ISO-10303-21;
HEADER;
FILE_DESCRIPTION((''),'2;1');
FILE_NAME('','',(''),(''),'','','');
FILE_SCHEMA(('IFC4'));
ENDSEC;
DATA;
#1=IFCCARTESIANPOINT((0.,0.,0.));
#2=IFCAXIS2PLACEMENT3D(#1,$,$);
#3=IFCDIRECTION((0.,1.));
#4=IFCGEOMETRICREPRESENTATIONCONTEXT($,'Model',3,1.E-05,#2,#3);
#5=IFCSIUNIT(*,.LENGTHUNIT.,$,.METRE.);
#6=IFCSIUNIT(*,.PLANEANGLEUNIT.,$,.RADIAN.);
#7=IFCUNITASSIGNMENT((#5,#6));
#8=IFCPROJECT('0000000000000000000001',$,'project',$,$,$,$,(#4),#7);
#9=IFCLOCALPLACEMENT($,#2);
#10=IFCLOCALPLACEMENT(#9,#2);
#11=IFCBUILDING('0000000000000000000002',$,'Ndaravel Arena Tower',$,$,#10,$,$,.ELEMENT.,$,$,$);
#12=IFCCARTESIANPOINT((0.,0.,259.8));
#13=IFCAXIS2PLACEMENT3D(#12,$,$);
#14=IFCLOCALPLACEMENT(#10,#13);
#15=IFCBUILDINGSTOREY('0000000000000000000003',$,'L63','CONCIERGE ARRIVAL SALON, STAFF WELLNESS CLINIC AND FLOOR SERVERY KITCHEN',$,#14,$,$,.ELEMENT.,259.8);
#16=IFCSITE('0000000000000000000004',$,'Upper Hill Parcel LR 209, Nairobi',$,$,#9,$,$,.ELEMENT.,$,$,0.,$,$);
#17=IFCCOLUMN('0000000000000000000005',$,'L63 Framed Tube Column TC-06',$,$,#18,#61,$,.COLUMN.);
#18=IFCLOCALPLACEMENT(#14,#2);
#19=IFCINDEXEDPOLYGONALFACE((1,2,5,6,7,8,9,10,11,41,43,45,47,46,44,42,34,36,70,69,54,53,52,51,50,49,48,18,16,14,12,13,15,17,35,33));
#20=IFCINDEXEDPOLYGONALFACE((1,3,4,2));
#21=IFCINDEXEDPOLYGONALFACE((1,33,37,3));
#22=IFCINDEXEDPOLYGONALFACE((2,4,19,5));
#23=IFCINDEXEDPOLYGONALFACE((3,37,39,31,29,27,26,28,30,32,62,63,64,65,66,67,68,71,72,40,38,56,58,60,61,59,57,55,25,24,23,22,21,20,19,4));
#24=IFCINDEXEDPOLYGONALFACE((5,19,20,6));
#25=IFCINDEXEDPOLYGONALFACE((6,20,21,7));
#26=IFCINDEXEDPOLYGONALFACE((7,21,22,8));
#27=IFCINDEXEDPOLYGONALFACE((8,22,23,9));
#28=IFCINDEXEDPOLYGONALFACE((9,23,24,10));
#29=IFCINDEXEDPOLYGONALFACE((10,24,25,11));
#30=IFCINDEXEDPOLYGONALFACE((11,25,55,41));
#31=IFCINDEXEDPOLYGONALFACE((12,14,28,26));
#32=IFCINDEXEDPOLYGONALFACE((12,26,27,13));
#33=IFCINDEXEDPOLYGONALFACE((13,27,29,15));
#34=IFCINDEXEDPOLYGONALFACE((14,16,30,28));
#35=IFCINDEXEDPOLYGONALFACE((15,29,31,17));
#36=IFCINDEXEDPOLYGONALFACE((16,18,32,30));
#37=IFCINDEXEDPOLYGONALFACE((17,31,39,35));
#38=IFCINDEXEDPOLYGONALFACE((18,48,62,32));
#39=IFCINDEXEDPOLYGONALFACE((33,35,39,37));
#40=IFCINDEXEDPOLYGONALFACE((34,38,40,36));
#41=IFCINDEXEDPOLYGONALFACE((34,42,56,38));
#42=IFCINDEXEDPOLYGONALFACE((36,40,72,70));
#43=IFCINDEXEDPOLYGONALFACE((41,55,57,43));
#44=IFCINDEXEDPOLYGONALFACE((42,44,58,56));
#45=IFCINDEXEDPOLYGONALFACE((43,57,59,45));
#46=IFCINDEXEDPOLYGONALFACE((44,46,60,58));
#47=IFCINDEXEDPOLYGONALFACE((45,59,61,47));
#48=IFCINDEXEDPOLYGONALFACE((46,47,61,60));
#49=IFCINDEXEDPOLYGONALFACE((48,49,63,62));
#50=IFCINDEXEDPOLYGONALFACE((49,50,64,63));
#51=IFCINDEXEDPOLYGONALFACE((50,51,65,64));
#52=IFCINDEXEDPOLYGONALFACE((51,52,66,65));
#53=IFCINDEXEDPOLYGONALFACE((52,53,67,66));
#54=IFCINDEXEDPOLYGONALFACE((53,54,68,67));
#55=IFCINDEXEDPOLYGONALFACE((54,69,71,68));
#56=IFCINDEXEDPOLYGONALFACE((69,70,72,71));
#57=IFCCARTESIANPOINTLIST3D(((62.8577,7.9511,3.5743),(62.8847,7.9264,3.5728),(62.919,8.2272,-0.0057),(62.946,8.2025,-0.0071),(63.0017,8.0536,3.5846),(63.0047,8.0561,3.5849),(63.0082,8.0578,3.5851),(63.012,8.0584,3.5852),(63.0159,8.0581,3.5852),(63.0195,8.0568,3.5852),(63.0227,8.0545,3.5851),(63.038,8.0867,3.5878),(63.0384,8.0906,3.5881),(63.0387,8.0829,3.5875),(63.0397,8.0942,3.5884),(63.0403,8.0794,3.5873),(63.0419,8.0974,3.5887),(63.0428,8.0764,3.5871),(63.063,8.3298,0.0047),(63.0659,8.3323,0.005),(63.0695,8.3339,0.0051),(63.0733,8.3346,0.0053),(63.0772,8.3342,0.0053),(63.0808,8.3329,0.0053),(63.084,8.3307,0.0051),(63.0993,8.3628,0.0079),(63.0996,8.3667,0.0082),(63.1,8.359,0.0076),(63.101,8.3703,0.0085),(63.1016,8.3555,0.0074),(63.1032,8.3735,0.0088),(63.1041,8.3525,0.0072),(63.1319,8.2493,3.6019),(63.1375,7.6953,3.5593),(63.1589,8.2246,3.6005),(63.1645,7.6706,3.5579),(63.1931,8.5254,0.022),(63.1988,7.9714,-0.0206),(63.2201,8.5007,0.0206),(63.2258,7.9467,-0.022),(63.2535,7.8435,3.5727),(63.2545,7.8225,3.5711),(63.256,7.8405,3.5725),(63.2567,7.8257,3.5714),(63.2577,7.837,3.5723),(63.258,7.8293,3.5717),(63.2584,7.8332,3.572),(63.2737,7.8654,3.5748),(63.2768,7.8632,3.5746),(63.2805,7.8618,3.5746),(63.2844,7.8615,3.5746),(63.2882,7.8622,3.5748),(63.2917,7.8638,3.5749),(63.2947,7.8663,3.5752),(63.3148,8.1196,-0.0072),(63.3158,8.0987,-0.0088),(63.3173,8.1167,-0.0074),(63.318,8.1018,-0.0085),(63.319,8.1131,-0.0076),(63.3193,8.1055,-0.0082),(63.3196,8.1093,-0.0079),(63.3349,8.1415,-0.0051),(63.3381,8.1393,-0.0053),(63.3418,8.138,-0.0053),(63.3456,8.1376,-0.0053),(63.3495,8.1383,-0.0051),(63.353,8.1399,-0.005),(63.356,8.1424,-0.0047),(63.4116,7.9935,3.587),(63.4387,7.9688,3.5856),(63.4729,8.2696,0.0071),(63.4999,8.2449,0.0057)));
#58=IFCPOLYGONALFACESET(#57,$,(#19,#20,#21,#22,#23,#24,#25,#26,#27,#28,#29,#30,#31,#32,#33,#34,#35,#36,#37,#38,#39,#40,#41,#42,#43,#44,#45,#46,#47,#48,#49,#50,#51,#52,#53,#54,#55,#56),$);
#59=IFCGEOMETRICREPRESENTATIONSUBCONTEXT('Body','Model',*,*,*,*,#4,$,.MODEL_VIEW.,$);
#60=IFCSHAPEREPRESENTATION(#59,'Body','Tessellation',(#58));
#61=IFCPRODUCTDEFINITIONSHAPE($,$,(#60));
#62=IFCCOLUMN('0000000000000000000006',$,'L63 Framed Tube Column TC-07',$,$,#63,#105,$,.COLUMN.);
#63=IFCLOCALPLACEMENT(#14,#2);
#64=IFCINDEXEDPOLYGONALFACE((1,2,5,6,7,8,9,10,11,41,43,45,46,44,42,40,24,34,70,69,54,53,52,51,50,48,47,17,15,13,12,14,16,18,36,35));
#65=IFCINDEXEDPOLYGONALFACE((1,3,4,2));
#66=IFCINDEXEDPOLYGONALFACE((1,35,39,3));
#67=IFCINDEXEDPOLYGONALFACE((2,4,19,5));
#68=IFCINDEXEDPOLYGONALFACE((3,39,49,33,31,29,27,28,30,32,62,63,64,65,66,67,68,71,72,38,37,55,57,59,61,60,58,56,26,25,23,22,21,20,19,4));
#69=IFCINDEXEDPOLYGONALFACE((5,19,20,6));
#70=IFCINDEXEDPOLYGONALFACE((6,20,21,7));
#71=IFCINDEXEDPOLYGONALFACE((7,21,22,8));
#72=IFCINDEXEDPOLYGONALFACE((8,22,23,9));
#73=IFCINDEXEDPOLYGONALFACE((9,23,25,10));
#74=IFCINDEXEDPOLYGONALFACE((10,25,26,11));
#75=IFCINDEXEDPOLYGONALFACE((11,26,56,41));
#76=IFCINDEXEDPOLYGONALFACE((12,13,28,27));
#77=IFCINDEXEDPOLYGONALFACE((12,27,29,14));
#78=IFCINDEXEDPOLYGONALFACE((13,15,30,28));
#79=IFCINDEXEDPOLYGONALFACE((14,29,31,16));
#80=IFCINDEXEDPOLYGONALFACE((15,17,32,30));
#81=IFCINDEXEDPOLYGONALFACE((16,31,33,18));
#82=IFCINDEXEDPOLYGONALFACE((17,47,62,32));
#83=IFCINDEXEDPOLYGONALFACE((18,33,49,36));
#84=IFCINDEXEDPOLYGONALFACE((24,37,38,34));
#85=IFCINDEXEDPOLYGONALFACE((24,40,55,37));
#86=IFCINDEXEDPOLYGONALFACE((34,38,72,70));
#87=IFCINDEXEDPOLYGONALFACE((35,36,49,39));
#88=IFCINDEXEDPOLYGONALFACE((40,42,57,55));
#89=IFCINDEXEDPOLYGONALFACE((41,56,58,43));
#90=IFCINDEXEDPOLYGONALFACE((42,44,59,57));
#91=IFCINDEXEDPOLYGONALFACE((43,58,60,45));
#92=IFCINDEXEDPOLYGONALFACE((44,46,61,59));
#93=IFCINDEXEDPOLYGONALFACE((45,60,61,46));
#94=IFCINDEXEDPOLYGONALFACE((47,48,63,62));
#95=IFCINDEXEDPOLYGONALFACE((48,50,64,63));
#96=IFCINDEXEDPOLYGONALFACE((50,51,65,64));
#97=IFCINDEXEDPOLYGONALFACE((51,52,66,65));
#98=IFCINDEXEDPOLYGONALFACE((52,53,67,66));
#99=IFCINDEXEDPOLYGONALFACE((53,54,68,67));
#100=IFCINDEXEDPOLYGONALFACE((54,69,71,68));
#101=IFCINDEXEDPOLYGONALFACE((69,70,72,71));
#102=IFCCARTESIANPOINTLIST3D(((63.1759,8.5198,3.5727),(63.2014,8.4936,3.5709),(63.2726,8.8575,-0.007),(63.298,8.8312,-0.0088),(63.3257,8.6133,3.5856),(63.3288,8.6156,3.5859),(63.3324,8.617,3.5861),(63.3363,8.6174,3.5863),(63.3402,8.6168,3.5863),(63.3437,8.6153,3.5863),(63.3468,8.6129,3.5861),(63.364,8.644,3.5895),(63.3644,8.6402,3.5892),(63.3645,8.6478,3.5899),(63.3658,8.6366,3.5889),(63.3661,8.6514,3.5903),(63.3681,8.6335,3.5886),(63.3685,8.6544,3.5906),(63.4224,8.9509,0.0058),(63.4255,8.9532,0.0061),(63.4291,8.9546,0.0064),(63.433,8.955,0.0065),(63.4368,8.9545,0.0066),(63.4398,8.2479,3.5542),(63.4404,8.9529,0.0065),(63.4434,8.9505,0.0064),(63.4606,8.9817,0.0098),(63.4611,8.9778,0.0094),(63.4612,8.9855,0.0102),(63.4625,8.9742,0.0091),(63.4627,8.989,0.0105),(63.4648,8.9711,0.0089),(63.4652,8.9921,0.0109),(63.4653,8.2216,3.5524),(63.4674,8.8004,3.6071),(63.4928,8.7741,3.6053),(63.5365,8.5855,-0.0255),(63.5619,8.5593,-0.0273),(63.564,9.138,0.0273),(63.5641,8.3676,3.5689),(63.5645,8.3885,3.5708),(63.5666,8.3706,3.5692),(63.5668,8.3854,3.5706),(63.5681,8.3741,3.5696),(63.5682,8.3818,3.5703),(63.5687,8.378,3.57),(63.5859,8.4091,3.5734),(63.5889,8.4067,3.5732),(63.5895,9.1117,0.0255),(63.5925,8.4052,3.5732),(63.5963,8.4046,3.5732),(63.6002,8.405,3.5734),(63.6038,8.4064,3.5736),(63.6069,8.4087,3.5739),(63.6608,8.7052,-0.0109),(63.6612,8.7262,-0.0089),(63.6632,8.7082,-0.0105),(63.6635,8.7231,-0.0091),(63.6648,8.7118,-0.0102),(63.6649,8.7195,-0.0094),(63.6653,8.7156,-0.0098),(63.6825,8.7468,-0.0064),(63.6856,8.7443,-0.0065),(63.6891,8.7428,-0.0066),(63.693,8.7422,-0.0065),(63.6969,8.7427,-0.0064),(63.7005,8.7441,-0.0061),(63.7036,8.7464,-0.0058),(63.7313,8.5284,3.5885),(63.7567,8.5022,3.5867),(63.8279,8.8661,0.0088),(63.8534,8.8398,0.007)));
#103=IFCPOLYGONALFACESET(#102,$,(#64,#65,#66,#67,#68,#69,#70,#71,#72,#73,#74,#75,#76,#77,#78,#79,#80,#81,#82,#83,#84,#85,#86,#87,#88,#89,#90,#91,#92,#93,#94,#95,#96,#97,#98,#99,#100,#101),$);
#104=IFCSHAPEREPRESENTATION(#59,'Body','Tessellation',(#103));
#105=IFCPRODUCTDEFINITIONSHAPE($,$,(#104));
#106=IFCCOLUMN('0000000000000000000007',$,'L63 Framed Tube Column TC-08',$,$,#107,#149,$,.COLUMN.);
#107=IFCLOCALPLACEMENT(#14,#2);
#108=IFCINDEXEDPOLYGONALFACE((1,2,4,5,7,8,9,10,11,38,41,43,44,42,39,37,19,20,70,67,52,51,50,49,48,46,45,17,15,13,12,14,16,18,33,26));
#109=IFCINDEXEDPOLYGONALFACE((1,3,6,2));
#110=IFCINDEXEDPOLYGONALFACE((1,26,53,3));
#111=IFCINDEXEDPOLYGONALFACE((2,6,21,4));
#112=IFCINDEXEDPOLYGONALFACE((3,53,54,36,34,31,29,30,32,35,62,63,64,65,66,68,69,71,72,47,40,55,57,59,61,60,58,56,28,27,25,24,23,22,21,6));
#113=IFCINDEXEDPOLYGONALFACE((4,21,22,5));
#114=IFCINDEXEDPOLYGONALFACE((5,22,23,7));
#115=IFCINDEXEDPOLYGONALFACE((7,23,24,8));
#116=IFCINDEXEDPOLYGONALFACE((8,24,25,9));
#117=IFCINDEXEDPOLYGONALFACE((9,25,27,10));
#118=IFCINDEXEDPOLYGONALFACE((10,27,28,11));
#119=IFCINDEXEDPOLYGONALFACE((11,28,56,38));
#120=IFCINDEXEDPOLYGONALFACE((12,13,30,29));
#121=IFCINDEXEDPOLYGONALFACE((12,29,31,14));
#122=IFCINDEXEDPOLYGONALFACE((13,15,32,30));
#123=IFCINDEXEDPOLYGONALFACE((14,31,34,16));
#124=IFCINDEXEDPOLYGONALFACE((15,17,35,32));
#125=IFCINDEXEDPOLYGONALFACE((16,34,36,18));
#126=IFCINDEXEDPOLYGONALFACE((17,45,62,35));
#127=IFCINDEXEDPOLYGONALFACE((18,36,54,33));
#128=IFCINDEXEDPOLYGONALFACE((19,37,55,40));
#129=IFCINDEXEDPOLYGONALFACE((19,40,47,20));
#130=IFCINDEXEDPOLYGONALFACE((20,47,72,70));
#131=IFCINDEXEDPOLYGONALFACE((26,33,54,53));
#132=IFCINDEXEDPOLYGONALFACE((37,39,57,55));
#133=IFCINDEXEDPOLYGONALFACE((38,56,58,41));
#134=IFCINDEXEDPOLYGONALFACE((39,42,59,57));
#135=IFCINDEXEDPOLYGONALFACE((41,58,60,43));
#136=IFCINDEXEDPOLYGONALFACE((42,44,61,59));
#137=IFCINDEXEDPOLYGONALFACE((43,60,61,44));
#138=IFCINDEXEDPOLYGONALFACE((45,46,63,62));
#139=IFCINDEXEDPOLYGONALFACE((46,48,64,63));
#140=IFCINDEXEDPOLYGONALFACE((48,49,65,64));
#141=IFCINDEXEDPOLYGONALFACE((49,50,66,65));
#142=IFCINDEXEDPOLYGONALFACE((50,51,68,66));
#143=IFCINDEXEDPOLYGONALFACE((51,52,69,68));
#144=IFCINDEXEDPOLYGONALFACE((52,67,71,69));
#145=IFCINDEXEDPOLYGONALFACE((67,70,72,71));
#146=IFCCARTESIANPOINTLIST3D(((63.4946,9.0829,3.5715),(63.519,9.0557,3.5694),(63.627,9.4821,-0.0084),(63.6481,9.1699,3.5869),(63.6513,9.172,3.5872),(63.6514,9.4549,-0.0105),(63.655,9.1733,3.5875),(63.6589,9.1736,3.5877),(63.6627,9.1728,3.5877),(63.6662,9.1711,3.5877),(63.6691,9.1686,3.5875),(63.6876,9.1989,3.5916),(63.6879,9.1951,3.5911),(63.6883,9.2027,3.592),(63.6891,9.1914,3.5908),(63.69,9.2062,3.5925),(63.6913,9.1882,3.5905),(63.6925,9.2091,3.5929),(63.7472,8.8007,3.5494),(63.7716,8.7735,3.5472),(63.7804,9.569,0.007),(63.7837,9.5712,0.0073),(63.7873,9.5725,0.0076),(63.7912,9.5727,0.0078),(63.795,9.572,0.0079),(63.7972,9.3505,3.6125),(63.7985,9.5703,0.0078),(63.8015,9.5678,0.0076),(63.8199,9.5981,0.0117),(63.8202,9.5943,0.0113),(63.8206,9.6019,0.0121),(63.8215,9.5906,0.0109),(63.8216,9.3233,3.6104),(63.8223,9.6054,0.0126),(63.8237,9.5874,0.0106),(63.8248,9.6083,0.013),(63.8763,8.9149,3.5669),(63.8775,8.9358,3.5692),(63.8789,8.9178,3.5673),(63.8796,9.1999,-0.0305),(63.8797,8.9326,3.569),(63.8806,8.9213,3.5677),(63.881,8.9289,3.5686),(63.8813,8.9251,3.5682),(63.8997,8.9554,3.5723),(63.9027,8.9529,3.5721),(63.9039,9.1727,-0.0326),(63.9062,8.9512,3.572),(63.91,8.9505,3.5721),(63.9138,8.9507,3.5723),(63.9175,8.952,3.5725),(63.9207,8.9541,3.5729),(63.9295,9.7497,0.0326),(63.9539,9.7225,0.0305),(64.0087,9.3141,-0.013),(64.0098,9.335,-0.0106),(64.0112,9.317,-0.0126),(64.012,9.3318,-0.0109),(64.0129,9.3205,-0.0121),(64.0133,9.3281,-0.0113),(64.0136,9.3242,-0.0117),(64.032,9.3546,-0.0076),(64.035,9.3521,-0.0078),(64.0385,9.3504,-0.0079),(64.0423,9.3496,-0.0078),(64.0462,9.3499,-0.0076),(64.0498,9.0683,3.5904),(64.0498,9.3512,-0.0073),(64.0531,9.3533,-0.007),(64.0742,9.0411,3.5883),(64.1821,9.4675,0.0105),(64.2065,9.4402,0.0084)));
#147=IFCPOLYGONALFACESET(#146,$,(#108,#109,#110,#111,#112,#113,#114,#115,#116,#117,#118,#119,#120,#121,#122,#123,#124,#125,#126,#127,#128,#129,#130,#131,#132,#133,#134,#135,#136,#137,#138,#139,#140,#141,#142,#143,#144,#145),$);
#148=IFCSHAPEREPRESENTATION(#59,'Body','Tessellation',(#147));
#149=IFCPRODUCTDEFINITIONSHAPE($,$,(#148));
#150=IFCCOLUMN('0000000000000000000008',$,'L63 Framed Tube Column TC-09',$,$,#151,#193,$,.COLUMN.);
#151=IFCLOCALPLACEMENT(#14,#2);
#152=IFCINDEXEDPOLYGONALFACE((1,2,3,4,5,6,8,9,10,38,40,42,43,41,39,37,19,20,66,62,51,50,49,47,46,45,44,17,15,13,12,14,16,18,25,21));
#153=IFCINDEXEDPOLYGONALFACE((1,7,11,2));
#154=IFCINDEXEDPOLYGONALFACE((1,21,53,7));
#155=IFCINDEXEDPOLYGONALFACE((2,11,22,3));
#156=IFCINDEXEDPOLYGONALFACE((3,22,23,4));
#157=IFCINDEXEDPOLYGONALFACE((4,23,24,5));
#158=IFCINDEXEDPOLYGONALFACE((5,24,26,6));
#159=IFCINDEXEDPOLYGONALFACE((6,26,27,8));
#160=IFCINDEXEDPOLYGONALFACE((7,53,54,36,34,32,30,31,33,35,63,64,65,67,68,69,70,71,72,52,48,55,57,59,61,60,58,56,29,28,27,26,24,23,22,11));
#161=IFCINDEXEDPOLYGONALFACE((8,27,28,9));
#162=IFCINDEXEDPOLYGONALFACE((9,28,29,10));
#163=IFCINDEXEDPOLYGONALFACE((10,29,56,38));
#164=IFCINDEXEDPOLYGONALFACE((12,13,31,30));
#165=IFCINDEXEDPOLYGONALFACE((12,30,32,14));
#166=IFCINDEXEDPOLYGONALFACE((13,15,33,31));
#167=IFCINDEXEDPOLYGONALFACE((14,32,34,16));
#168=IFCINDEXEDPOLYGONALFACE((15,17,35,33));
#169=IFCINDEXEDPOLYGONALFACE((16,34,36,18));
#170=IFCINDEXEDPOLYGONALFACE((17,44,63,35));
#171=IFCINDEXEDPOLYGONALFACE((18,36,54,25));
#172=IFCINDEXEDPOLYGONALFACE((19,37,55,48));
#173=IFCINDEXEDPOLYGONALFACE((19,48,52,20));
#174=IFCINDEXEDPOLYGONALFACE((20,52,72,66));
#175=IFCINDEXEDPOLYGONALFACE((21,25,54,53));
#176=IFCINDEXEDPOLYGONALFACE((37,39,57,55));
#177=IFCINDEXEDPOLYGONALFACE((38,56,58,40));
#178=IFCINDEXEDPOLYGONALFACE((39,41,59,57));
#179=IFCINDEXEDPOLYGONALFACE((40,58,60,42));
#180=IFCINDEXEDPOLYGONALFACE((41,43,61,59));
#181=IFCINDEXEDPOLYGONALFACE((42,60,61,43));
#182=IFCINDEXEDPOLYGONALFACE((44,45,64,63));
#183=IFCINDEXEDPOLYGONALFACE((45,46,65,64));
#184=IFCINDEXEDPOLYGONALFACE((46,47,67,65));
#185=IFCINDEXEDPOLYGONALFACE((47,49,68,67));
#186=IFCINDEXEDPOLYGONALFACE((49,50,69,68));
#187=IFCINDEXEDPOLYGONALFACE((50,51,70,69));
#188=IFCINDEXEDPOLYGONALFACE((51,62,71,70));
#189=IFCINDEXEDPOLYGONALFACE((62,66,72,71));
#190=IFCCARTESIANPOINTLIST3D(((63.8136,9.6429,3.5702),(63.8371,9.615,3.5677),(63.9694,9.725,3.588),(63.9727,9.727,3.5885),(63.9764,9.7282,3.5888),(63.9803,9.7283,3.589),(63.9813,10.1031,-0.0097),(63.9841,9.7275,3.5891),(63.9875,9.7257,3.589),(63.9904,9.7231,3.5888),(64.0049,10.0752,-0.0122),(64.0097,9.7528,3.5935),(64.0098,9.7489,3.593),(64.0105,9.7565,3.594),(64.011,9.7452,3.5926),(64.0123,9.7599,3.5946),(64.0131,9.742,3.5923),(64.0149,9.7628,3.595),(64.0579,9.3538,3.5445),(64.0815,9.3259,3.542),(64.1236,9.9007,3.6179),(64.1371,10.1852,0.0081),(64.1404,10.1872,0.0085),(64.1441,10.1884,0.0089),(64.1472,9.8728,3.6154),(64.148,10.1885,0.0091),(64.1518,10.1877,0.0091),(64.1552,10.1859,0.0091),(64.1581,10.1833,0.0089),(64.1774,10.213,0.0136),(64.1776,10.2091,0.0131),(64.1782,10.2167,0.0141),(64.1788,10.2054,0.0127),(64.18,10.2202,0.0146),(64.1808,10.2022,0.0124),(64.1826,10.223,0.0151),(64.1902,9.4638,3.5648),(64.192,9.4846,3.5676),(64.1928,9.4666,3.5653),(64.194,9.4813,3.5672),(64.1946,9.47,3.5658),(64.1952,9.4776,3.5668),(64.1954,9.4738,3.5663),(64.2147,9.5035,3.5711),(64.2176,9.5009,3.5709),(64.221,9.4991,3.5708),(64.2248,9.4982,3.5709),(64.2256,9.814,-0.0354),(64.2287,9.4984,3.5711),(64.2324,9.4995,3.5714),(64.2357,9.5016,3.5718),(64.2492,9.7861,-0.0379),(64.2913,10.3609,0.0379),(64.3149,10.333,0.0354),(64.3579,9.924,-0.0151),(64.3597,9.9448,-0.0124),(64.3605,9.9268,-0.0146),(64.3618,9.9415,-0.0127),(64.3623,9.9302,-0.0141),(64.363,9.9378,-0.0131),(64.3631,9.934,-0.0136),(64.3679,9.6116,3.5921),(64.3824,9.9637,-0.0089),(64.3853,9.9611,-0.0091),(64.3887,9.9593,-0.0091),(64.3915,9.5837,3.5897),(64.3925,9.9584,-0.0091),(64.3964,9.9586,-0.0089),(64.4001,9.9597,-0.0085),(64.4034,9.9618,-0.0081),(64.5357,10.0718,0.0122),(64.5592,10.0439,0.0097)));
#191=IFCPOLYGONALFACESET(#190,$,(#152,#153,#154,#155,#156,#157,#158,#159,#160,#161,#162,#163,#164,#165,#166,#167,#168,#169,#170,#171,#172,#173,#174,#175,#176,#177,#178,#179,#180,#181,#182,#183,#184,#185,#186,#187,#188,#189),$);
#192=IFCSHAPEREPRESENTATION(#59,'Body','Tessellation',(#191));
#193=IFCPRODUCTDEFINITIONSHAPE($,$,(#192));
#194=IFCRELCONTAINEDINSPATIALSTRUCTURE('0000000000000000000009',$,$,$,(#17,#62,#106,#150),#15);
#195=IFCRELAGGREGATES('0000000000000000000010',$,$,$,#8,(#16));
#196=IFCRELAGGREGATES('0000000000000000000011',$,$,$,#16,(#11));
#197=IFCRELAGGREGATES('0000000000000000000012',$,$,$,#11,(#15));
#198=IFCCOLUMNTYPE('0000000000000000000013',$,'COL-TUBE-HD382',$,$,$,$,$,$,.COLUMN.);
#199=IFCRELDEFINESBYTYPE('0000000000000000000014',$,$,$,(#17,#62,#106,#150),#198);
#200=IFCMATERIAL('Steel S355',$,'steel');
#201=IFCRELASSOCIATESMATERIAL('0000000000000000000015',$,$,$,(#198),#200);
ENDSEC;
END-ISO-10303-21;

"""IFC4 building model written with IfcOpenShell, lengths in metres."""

from ifc_helpers import new_model, si_unit, direction, frame, origin, origin_2d, place, context, subcontext, project, spatial, i_section, extrude, material, material_profile, profile_set, type_object, element, save


model = new_model("IFC4")

# Units and contexts
model_context = context("Model", 3, precision=1e-05, world=origin(), true_north=direction((0.0, 1.0)))
body_context = subcontext(model_context, "Body", "Model", "MODEL_VIEW")
ifc_project = project(units=[si_unit("LENGTHUNIT", "METRE"), si_unit("PLANEANGLEUNIT", "RADIAN")], contexts=[model_context])

# Site, building, storey
site_placement = place(None, origin())
site = spatial("IfcSite", under=ifc_project, at=site_placement, Name="Upper Hill Parcel LR 209, Nairobi", CompositionType="ELEMENT", RefElevation=0.0)
building_placement = place(site_placement, origin())
building = spatial("IfcBuilding", under=site, at=building_placement, Name="Ndaravel Arena Tower", CompositionType="ELEMENT")
storey_placement = place(building_placement, frame((0.0, 0.0, 259.8)))
storey = spatial("IfcBuildingStorey", under=building, at=storey_placement, Name="L63", Description="CONCIERGE ARRIVAL SALON, STAFF WELLNESS CLINIC AND FLOOR SERVERY KITCHEN", CompositionType="ELEMENT", Elevation=259.8)

# Columns
ifc_material_1 = material(Name="Steel S355", Category="steel")
ifc_material_profile_1 = material_profile(ifc_material_1, i_section(OverallWidth=0.406, OverallDepth=0.416, WebThickness=0.0298, FlangeThickness=0.0366, FilletRadius=0.0149, at=origin_2d()), Name="HD 400x382")
ifc_profile_set_1 = profile_set([ifc_material_profile_1], Name="Steel S355")
column_type = type_object("IfcColumnType", Name="COL-TUBE-HD382", PredefinedType="COLUMN", material=ifc_profile_set_1)
column_1_placement = place(storey_placement, frame((63.2095, 8.2361, 0.0), z_axis=(-0.017065, -0.076893, 0.996893), x_axis=(0.675171, 0.734501, 0.068212)))
element("IfcColumn", 1, at=column_1_placement, inside=storey, type_object=column_type, Name="L63 Framed Tube Column TC-06", PredefinedType="COLUMN", context=body_context, shape_type="SweptSolid", body=[
    extrude(i_section(OverallWidth=0.406, OverallDepth=0.416, WebThickness=0.0298, FlangeThickness=0.0366, FilletRadius=0.0149, at=origin_2d()), origin(), (0.0, 0.0, 1.0), 3.5911),
])
column_2_placement = place(storey_placement, frame((63.563, 8.8486, 0.0), z_axis=(-0.026878, -0.093868, 0.995222), x_axis=(0.717937, 0.690954, 0.084559)))
element("IfcColumn", 2, at=column_2_placement, inside=storey, type_object=column_type, Name="L63 Framed Tube Column TC-07", PredefinedType="COLUMN", context=body_context, shape_type="SweptSolid", body=[
    extrude(i_section(OverallWidth=0.406, OverallDepth=0.416, WebThickness=0.0298, FlangeThickness=0.0366, FilletRadius=0.0149, at=origin_2d()), origin(), (0.0, 0.0, 1.0), 3.5969),
])
column_3_placement = place(storey_placement, frame((63.9167, 9.4612, 0.0), z_axis=(-0.036711, -0.110744, 0.993171), x_axis=(0.745245, 0.659091, 0.101039)))
element("IfcColumn", 3, at=column_3_placement, inside=storey, type_object=column_type, Name="L63 Framed Tube Column TC-08", PredefinedType="COLUMN", context=body_context, shape_type="SweptSolid", body=[
    extrude(i_section(OverallWidth=0.406, OverallDepth=0.416, WebThickness=0.0298, FlangeThickness=0.0366, FilletRadius=0.0149, at=origin_2d()), origin(), (0.0, 0.0, 1.0), 3.6045),
])
column_4_placement = place(storey_placement, frame((64.2703, 10.0735, 0.0), z_axis=(-0.04642, -0.127368, 0.990769), x_axis=(0.763583, 0.634948, 0.117401)))
element("IfcColumn", 4, at=column_4_placement, inside=storey, type_object=column_type, Name="L63 Framed Tube Column TC-09", PredefinedType="COLUMN", context=body_context, shape_type="SweptSolid", body=[
    extrude(i_section(OverallWidth=0.406, OverallDepth=0.416, WebThickness=0.0298, FlangeThickness=0.0366, FilletRadius=0.0149, at=origin_2d()), origin(), (0.0, 0.0, 1.0), 3.6133),
])

save(model, "model.ifc")
